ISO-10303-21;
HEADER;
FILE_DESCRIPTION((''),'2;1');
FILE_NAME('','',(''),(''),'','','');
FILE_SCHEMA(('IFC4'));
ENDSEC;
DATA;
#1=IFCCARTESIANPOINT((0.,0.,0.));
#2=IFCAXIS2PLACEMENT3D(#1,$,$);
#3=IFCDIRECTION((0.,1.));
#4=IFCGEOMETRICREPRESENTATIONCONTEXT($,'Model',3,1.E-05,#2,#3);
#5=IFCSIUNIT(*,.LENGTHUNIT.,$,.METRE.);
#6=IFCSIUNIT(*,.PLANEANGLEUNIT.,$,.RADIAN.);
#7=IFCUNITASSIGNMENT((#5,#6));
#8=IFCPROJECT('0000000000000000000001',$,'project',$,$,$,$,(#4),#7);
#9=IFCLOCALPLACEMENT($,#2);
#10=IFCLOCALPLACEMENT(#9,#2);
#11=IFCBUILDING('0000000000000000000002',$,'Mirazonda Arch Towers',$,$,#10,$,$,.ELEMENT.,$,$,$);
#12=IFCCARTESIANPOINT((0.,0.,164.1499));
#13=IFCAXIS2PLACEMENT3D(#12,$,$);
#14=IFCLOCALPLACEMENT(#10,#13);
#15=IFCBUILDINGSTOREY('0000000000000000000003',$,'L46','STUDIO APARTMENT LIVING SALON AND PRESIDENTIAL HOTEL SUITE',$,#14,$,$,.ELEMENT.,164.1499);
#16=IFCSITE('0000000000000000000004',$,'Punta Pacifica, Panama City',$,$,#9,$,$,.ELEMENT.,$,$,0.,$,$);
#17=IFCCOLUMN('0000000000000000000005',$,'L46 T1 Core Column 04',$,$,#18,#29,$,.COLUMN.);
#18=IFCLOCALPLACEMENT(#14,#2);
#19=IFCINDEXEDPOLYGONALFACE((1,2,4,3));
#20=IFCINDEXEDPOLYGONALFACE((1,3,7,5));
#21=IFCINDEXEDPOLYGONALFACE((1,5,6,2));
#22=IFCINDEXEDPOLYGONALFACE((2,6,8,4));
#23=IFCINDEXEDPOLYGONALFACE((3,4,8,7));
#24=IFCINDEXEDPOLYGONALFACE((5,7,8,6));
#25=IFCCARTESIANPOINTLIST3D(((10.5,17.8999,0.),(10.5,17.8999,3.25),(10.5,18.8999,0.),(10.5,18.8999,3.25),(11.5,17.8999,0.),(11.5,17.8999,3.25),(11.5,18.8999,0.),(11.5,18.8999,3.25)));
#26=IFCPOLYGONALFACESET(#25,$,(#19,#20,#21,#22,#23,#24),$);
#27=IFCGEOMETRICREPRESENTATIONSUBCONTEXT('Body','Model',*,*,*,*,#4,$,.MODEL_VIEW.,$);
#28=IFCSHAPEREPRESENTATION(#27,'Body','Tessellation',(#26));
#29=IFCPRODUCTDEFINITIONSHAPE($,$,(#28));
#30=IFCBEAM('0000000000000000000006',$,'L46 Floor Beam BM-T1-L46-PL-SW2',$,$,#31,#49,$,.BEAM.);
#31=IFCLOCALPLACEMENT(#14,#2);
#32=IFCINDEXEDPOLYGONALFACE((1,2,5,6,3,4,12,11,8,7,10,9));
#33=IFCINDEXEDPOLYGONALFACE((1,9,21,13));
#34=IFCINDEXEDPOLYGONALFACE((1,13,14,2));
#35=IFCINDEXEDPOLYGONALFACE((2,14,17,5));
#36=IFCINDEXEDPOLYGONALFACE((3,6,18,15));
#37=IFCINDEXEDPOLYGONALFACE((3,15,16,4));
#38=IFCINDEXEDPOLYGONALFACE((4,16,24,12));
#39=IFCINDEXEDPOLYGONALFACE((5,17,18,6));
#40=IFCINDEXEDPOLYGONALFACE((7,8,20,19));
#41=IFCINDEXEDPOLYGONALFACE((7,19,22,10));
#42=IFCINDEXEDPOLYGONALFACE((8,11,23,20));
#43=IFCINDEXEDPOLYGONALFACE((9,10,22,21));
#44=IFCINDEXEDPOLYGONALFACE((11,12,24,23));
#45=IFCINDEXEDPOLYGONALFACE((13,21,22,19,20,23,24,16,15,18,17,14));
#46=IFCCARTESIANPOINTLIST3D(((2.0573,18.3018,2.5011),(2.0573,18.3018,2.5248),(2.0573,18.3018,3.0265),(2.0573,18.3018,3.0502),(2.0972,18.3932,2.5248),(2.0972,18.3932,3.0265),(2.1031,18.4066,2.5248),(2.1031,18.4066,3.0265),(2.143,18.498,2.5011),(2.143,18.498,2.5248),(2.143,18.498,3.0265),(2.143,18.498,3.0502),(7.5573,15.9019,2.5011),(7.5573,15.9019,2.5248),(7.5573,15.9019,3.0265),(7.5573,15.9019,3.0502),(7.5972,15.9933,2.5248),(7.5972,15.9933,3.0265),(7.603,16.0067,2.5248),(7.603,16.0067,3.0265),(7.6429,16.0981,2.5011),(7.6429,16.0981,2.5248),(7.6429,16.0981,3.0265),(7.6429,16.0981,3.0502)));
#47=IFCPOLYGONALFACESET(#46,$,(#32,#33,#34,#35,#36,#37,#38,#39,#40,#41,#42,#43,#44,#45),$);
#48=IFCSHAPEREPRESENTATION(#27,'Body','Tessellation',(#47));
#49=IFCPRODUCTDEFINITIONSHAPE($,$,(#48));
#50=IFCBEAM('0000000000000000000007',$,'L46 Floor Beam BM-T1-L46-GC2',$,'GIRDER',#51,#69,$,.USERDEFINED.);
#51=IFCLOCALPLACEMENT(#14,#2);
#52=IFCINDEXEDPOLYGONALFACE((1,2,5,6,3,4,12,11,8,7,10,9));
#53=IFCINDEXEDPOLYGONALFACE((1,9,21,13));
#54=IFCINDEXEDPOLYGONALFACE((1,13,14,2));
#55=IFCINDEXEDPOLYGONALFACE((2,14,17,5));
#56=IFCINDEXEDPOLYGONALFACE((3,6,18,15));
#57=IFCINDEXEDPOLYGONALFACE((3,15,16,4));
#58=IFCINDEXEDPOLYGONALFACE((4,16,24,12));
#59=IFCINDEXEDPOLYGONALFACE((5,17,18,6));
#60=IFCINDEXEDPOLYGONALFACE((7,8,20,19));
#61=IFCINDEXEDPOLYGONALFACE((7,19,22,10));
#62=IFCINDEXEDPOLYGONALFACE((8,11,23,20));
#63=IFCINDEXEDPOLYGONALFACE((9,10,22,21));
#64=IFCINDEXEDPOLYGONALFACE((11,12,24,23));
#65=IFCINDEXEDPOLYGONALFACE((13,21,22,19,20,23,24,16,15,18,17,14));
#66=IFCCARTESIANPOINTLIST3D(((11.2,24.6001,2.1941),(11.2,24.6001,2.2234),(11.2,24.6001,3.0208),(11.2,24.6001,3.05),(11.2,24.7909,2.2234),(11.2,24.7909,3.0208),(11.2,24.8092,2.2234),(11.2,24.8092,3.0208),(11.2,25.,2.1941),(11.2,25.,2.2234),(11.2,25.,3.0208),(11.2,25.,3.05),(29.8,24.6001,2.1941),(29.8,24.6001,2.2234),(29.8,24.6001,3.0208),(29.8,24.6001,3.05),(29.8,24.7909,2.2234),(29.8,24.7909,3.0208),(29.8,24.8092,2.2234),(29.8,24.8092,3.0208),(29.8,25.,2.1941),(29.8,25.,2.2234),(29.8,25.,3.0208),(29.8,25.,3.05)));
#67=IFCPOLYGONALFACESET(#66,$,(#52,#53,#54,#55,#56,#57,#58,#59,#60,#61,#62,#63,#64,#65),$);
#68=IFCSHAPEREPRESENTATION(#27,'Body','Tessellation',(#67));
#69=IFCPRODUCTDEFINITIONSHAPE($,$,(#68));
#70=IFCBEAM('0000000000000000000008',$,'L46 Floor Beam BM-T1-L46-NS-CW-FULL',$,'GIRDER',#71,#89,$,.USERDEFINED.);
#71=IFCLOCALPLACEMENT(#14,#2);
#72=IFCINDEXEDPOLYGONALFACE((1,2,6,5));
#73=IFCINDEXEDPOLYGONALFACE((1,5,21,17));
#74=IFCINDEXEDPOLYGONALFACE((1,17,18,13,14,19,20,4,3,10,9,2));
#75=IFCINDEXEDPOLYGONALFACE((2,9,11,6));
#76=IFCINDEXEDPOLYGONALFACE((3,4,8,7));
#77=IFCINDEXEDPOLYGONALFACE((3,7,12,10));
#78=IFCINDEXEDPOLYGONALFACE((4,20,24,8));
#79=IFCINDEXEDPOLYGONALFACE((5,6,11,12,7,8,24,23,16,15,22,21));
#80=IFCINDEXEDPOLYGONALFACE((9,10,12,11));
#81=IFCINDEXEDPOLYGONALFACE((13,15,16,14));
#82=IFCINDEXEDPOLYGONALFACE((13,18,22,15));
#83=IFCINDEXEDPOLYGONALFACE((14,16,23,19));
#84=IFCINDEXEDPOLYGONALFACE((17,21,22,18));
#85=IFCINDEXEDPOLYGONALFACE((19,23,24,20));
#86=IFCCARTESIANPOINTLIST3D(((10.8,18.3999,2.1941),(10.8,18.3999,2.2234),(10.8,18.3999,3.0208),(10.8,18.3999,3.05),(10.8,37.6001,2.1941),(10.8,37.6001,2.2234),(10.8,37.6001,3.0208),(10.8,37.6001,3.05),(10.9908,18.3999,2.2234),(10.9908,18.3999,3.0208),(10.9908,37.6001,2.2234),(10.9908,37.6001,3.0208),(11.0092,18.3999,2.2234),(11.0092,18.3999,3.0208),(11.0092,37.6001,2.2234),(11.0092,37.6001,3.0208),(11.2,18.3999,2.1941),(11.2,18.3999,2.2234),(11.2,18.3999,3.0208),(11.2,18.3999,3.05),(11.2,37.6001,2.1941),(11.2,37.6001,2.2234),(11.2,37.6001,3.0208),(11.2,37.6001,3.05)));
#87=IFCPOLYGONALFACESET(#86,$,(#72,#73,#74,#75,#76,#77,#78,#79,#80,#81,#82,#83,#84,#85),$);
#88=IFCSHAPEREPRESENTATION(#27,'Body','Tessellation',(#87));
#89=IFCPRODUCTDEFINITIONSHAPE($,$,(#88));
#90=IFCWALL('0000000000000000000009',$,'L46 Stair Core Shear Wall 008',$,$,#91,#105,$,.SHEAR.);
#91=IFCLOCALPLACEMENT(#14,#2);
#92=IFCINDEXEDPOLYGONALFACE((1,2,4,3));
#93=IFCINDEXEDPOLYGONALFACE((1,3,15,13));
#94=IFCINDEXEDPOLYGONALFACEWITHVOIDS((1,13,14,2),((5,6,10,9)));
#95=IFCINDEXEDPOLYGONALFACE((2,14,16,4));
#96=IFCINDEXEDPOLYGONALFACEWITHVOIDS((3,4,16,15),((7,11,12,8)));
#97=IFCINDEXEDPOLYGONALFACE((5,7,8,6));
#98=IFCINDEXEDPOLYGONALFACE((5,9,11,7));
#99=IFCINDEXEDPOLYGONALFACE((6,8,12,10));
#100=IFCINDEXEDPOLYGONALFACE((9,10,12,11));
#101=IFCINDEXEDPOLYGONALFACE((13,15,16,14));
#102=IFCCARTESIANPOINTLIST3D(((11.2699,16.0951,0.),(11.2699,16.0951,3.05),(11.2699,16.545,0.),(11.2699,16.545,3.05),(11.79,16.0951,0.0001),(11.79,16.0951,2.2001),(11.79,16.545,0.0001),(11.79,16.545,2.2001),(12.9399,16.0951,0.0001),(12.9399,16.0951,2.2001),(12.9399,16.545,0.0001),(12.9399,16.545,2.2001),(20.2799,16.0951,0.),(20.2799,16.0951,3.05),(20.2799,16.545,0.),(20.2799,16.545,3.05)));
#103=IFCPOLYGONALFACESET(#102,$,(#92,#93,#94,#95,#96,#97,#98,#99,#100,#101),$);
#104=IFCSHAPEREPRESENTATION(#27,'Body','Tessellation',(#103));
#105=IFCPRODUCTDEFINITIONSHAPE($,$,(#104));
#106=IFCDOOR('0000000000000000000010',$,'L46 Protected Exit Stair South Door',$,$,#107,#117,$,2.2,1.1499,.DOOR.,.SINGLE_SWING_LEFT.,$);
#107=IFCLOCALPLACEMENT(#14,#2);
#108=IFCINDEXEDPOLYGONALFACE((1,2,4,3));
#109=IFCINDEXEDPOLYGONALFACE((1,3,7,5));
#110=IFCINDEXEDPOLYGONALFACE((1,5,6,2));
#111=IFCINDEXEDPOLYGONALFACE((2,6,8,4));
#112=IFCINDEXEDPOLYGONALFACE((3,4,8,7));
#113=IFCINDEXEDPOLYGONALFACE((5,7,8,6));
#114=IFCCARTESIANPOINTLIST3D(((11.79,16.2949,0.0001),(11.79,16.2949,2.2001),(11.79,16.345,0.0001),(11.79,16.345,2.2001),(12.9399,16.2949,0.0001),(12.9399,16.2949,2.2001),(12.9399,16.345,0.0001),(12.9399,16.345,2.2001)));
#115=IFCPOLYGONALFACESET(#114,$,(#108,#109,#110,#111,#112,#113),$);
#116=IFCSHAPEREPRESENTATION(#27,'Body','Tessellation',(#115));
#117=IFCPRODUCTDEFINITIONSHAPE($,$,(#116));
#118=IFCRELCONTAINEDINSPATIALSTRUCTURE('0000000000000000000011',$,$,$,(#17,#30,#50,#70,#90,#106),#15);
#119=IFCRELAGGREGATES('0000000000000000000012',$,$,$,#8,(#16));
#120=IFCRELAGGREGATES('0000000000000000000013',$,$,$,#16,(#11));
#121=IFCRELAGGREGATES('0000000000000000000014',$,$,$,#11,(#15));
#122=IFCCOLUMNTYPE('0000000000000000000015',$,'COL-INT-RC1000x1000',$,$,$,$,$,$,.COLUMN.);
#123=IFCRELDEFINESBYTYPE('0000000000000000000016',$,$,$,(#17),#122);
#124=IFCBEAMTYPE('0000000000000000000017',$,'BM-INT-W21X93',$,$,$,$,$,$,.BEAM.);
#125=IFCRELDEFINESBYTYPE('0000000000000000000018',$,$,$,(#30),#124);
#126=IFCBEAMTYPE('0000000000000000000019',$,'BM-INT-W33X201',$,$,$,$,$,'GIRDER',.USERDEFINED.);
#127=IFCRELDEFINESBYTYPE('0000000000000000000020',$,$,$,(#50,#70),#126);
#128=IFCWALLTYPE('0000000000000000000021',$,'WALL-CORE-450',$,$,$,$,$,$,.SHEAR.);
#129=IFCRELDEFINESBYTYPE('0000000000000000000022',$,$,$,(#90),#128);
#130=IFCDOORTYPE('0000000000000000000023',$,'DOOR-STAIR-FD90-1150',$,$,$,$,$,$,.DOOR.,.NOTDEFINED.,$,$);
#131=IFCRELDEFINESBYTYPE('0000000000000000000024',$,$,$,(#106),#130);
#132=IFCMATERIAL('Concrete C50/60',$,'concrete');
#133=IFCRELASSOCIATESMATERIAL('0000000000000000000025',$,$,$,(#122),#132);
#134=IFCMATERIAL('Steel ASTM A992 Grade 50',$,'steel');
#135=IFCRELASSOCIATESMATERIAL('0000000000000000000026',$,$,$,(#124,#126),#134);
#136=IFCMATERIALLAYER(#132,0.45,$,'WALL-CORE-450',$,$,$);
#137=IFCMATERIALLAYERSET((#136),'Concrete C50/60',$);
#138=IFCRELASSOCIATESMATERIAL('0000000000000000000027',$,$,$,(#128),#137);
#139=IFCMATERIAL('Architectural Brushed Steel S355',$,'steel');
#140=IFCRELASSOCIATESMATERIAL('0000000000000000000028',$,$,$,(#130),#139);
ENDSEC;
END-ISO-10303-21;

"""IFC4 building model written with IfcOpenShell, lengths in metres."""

from ifc_helpers import new_model, si_unit, direction, frame, frame_2d, origin, origin_2d, place, context, subcontext, project, spatial, rectangle, i_section, extrude, material, layer, layer_set, material_profile, profile_set, type_object, element, fill, save


model = new_model("IFC4")

# Units and contexts
model_context = context("Model", 3, precision=1e-05, world=origin(), true_north=direction((0.0, 1.0)))
body_context = subcontext(model_context, "Body", "Model", "MODEL_VIEW")
ifc_project = project(units=[si_unit("LENGTHUNIT", "METRE"), si_unit("PLANEANGLEUNIT", "RADIAN")], contexts=[model_context])

# Site, building, storey
site_placement = place(None, origin())
site = spatial("IfcSite", under=ifc_project, at=site_placement, Name="Punta Pacifica, Panama City", CompositionType="ELEMENT", RefElevation=0.0)
building_placement = place(site_placement, origin())
building = spatial("IfcBuilding", under=site, at=building_placement, Name="Mirazonda Arch Towers", CompositionType="ELEMENT")
storey_placement = place(building_placement, frame((0.0, 0.0, 164.1499)))
storey = spatial("IfcBuildingStorey", under=building, at=storey_placement, Name="L46", Description="STUDIO APARTMENT LIVING SALON AND PRESIDENTIAL HOTEL SUITE", CompositionType="ELEMENT", Elevation=164.1499)

# Column
ifc_material_1 = material(Name="Concrete C50/60", Category="concrete")
ifc_material_profile_1 = material_profile(ifc_material_1, rectangle(XDim=1.0, YDim=1.0, at=origin_2d()), Name="RC1000x1000")
ifc_profile_set_1 = profile_set([ifc_material_profile_1], Name="Concrete C50/60")
column_type = type_object("IfcColumnType", Name="COL-INT-RC1000x1000", PredefinedType="COLUMN", material=ifc_profile_set_1)
column_placement = place(storey_placement, frame((11.0, 18.3999, 0.0), z_axis=(0.0, 0.0, 1.0), x_axis=(1.0, 0.0, 0.0)))
element("IfcColumn", 1, at=column_placement, inside=storey, type_object=column_type, Name="L46 T1 Core Column 04", PredefinedType="COLUMN", context=body_context, shape_type="SweptSolid", body=[
    extrude(rectangle(XDim=1.0, YDim=1.0, at=origin_2d()), origin(), (0.0, 0.0, 1.0), 3.25),
])

# Beams
ifc_material_2 = material(Name="Steel ASTM A992 Grade 50", Category="steel")
ifc_material_profile_2 = material_profile(ifc_material_2, i_section(OverallWidth=0.2141, OverallDepth=0.5491, WebThickness=0.0146, FlangeThickness=0.0237, at=origin_2d()), Name="W21X93")
ifc_profile_set_2 = profile_set([ifc_material_profile_2], Name="Steel ASTM A992 Grade 50")
beam_type_1 = type_object("IfcBeamType", Name="BM-INT-W21X93", PredefinedType="BEAM", material=ifc_profile_set_2)
beam_1_placement = place(storey_placement, frame((7.6001, 16.0, 2.7756), z_axis=(-0.916545, 0.399931, 0.0), x_axis=(-0.399931, -0.916545, 0.0)))
element("IfcBeam", 2, at=beam_1_placement, inside=storey, type_object=beam_type_1, Name="L46 Floor Beam BM-T1-L46-PL-SW2", PredefinedType="BEAM", context=body_context, shape_type="SweptSolid", body=[
    extrude(i_section(OverallWidth=0.2141, OverallDepth=0.5491, WebThickness=0.0146, FlangeThickness=0.0237, at=origin_2d()), origin(), (0.0, 0.0, 1.0), 6.0007),
])
ifc_material_profile_3 = material_profile(ifc_material_2, i_section(OverallWidth=0.3999, OverallDepth=0.856, WebThickness=0.0183, FlangeThickness=0.0293, at=origin_2d()), Name="W33X201")
ifc_profile_set_3 = profile_set([ifc_material_profile_3], Name="Steel ASTM A992 Grade 50")
beam_type_2 = type_object("IfcBeamType", Name="BM-INT-W33X201", ElementType="GIRDER", PredefinedType="USERDEFINED", material=ifc_profile_set_3)
beam_2_placement = place(storey_placement, frame((11.2, 24.8, 2.6221), z_axis=(1.0, 0.0, 0.0), x_axis=(0.0, 1.0, 0.0)))
element("IfcBeam", 3, at=beam_2_placement, inside=storey, type_object=beam_type_2, Name="L46 Floor Beam BM-T1-L46-GC2", ObjectType="GIRDER", PredefinedType="USERDEFINED", context=body_context, shape_type="SweptSolid", body=[
    extrude(i_section(OverallWidth=0.3999, OverallDepth=0.856, WebThickness=0.0183, FlangeThickness=0.0293, at=origin_2d()), origin(), (0.0, 0.0, 1.0), 18.6001),
])
beam_3_placement = place(storey_placement, frame((11.0, 18.3999, 2.6221), z_axis=(0.0, 1.0, 0.0), x_axis=(-1.0, 0.0, 0.0)))
element("IfcBeam", 4, at=beam_3_placement, inside=storey, type_object=beam_type_2, Name="L46 Floor Beam BM-T1-L46-NS-CW-FULL", ObjectType="GIRDER", PredefinedType="USERDEFINED", context=body_context, shape_type="SweptSolid", body=[
    extrude(i_section(OverallWidth=0.3999, OverallDepth=0.856, WebThickness=0.0183, FlangeThickness=0.0293, at=origin_2d()), origin(), (0.0, 0.0, 1.0), 19.2002),
])

# Wall, opening, door
ifc_layer_1 = layer(ifc_material_1, 0.45, Name="WALL-CORE-450")
ifc_layer_set_1 = layer_set([ifc_layer_1], Name="Concrete C50/60")
wall_type_1 = type_object("IfcWallType", Name="WALL-CORE-450", PredefinedType="SHEAR", material=ifc_layer_set_1)
wall_1_placement = place(storey_placement, frame((11.27, 16.3201, 0.0), z_axis=(0.0, 0.0, 1.0), x_axis=(1.0, 0.0, 0.0)))
wall_1 = element("IfcWall", 5, at=wall_1_placement, inside=storey, type_object=wall_type_1, Name="L46 Stair Core Shear Wall 008", PredefinedType="SHEAR", context=body_context, shape_type="SweptSolid", body=[
    extrude(rectangle(XDim=9.01, YDim=0.45, at=frame_2d((4.5049, 0.0))), origin(), (0.0, 0.0, 1.0), 3.05),
])
opening_1_placement = place(wall_1_placement, frame((0.52, 0.0, 0.0)))
opening_1 = element("IfcOpeningElement", 6, at=opening_1_placement, cuts=wall_1, PredefinedType="OPENING", context=body_context, shape_type="SweptSolid", body=[
    extrude(rectangle(XDim=1.1499, YDim=2.2, at=frame_2d((0.575, 1.1001))), frame((0.0, 0.2349, 0.0), z_axis=(0.0, -1.0, 0.0), x_axis=(1.0, 0.0, 0.0)), (0.0, 0.0, 1.0), 0.47),
])
ifc_material_3 = material(Name="Architectural Brushed Steel S355", Category="steel")
door_type_1 = type_object("IfcDoorType", Name="DOOR-STAIR-FD90-1150", OperationType="NOTDEFINED", PredefinedType="DOOR", material=ifc_material_3)
door_1_placement = place(opening_1_placement, origin())
door_1 = element("IfcDoor", 7, at=door_1_placement, inside=storey, type_object=door_type_1, Name="L46 Protected Exit Stair South Door", OperationType="SINGLE_SWING_LEFT", OverallHeight=2.2, OverallWidth=1.1499, PredefinedType="DOOR", context=body_context, shape_type="SweptSolid", body=[
    extrude(rectangle(XDim=1.1499, YDim=2.2, at=frame_2d((0.575, 1.1001))), frame((0.0, 0.0249, 0.0), z_axis=(0.0, -1.0, 0.0), x_axis=(1.0, 0.0, 0.0)), (0.0, 0.0, 1.0), 0.05),
])
fill(opening_1, door_1)

save(model, "model.ifc")
